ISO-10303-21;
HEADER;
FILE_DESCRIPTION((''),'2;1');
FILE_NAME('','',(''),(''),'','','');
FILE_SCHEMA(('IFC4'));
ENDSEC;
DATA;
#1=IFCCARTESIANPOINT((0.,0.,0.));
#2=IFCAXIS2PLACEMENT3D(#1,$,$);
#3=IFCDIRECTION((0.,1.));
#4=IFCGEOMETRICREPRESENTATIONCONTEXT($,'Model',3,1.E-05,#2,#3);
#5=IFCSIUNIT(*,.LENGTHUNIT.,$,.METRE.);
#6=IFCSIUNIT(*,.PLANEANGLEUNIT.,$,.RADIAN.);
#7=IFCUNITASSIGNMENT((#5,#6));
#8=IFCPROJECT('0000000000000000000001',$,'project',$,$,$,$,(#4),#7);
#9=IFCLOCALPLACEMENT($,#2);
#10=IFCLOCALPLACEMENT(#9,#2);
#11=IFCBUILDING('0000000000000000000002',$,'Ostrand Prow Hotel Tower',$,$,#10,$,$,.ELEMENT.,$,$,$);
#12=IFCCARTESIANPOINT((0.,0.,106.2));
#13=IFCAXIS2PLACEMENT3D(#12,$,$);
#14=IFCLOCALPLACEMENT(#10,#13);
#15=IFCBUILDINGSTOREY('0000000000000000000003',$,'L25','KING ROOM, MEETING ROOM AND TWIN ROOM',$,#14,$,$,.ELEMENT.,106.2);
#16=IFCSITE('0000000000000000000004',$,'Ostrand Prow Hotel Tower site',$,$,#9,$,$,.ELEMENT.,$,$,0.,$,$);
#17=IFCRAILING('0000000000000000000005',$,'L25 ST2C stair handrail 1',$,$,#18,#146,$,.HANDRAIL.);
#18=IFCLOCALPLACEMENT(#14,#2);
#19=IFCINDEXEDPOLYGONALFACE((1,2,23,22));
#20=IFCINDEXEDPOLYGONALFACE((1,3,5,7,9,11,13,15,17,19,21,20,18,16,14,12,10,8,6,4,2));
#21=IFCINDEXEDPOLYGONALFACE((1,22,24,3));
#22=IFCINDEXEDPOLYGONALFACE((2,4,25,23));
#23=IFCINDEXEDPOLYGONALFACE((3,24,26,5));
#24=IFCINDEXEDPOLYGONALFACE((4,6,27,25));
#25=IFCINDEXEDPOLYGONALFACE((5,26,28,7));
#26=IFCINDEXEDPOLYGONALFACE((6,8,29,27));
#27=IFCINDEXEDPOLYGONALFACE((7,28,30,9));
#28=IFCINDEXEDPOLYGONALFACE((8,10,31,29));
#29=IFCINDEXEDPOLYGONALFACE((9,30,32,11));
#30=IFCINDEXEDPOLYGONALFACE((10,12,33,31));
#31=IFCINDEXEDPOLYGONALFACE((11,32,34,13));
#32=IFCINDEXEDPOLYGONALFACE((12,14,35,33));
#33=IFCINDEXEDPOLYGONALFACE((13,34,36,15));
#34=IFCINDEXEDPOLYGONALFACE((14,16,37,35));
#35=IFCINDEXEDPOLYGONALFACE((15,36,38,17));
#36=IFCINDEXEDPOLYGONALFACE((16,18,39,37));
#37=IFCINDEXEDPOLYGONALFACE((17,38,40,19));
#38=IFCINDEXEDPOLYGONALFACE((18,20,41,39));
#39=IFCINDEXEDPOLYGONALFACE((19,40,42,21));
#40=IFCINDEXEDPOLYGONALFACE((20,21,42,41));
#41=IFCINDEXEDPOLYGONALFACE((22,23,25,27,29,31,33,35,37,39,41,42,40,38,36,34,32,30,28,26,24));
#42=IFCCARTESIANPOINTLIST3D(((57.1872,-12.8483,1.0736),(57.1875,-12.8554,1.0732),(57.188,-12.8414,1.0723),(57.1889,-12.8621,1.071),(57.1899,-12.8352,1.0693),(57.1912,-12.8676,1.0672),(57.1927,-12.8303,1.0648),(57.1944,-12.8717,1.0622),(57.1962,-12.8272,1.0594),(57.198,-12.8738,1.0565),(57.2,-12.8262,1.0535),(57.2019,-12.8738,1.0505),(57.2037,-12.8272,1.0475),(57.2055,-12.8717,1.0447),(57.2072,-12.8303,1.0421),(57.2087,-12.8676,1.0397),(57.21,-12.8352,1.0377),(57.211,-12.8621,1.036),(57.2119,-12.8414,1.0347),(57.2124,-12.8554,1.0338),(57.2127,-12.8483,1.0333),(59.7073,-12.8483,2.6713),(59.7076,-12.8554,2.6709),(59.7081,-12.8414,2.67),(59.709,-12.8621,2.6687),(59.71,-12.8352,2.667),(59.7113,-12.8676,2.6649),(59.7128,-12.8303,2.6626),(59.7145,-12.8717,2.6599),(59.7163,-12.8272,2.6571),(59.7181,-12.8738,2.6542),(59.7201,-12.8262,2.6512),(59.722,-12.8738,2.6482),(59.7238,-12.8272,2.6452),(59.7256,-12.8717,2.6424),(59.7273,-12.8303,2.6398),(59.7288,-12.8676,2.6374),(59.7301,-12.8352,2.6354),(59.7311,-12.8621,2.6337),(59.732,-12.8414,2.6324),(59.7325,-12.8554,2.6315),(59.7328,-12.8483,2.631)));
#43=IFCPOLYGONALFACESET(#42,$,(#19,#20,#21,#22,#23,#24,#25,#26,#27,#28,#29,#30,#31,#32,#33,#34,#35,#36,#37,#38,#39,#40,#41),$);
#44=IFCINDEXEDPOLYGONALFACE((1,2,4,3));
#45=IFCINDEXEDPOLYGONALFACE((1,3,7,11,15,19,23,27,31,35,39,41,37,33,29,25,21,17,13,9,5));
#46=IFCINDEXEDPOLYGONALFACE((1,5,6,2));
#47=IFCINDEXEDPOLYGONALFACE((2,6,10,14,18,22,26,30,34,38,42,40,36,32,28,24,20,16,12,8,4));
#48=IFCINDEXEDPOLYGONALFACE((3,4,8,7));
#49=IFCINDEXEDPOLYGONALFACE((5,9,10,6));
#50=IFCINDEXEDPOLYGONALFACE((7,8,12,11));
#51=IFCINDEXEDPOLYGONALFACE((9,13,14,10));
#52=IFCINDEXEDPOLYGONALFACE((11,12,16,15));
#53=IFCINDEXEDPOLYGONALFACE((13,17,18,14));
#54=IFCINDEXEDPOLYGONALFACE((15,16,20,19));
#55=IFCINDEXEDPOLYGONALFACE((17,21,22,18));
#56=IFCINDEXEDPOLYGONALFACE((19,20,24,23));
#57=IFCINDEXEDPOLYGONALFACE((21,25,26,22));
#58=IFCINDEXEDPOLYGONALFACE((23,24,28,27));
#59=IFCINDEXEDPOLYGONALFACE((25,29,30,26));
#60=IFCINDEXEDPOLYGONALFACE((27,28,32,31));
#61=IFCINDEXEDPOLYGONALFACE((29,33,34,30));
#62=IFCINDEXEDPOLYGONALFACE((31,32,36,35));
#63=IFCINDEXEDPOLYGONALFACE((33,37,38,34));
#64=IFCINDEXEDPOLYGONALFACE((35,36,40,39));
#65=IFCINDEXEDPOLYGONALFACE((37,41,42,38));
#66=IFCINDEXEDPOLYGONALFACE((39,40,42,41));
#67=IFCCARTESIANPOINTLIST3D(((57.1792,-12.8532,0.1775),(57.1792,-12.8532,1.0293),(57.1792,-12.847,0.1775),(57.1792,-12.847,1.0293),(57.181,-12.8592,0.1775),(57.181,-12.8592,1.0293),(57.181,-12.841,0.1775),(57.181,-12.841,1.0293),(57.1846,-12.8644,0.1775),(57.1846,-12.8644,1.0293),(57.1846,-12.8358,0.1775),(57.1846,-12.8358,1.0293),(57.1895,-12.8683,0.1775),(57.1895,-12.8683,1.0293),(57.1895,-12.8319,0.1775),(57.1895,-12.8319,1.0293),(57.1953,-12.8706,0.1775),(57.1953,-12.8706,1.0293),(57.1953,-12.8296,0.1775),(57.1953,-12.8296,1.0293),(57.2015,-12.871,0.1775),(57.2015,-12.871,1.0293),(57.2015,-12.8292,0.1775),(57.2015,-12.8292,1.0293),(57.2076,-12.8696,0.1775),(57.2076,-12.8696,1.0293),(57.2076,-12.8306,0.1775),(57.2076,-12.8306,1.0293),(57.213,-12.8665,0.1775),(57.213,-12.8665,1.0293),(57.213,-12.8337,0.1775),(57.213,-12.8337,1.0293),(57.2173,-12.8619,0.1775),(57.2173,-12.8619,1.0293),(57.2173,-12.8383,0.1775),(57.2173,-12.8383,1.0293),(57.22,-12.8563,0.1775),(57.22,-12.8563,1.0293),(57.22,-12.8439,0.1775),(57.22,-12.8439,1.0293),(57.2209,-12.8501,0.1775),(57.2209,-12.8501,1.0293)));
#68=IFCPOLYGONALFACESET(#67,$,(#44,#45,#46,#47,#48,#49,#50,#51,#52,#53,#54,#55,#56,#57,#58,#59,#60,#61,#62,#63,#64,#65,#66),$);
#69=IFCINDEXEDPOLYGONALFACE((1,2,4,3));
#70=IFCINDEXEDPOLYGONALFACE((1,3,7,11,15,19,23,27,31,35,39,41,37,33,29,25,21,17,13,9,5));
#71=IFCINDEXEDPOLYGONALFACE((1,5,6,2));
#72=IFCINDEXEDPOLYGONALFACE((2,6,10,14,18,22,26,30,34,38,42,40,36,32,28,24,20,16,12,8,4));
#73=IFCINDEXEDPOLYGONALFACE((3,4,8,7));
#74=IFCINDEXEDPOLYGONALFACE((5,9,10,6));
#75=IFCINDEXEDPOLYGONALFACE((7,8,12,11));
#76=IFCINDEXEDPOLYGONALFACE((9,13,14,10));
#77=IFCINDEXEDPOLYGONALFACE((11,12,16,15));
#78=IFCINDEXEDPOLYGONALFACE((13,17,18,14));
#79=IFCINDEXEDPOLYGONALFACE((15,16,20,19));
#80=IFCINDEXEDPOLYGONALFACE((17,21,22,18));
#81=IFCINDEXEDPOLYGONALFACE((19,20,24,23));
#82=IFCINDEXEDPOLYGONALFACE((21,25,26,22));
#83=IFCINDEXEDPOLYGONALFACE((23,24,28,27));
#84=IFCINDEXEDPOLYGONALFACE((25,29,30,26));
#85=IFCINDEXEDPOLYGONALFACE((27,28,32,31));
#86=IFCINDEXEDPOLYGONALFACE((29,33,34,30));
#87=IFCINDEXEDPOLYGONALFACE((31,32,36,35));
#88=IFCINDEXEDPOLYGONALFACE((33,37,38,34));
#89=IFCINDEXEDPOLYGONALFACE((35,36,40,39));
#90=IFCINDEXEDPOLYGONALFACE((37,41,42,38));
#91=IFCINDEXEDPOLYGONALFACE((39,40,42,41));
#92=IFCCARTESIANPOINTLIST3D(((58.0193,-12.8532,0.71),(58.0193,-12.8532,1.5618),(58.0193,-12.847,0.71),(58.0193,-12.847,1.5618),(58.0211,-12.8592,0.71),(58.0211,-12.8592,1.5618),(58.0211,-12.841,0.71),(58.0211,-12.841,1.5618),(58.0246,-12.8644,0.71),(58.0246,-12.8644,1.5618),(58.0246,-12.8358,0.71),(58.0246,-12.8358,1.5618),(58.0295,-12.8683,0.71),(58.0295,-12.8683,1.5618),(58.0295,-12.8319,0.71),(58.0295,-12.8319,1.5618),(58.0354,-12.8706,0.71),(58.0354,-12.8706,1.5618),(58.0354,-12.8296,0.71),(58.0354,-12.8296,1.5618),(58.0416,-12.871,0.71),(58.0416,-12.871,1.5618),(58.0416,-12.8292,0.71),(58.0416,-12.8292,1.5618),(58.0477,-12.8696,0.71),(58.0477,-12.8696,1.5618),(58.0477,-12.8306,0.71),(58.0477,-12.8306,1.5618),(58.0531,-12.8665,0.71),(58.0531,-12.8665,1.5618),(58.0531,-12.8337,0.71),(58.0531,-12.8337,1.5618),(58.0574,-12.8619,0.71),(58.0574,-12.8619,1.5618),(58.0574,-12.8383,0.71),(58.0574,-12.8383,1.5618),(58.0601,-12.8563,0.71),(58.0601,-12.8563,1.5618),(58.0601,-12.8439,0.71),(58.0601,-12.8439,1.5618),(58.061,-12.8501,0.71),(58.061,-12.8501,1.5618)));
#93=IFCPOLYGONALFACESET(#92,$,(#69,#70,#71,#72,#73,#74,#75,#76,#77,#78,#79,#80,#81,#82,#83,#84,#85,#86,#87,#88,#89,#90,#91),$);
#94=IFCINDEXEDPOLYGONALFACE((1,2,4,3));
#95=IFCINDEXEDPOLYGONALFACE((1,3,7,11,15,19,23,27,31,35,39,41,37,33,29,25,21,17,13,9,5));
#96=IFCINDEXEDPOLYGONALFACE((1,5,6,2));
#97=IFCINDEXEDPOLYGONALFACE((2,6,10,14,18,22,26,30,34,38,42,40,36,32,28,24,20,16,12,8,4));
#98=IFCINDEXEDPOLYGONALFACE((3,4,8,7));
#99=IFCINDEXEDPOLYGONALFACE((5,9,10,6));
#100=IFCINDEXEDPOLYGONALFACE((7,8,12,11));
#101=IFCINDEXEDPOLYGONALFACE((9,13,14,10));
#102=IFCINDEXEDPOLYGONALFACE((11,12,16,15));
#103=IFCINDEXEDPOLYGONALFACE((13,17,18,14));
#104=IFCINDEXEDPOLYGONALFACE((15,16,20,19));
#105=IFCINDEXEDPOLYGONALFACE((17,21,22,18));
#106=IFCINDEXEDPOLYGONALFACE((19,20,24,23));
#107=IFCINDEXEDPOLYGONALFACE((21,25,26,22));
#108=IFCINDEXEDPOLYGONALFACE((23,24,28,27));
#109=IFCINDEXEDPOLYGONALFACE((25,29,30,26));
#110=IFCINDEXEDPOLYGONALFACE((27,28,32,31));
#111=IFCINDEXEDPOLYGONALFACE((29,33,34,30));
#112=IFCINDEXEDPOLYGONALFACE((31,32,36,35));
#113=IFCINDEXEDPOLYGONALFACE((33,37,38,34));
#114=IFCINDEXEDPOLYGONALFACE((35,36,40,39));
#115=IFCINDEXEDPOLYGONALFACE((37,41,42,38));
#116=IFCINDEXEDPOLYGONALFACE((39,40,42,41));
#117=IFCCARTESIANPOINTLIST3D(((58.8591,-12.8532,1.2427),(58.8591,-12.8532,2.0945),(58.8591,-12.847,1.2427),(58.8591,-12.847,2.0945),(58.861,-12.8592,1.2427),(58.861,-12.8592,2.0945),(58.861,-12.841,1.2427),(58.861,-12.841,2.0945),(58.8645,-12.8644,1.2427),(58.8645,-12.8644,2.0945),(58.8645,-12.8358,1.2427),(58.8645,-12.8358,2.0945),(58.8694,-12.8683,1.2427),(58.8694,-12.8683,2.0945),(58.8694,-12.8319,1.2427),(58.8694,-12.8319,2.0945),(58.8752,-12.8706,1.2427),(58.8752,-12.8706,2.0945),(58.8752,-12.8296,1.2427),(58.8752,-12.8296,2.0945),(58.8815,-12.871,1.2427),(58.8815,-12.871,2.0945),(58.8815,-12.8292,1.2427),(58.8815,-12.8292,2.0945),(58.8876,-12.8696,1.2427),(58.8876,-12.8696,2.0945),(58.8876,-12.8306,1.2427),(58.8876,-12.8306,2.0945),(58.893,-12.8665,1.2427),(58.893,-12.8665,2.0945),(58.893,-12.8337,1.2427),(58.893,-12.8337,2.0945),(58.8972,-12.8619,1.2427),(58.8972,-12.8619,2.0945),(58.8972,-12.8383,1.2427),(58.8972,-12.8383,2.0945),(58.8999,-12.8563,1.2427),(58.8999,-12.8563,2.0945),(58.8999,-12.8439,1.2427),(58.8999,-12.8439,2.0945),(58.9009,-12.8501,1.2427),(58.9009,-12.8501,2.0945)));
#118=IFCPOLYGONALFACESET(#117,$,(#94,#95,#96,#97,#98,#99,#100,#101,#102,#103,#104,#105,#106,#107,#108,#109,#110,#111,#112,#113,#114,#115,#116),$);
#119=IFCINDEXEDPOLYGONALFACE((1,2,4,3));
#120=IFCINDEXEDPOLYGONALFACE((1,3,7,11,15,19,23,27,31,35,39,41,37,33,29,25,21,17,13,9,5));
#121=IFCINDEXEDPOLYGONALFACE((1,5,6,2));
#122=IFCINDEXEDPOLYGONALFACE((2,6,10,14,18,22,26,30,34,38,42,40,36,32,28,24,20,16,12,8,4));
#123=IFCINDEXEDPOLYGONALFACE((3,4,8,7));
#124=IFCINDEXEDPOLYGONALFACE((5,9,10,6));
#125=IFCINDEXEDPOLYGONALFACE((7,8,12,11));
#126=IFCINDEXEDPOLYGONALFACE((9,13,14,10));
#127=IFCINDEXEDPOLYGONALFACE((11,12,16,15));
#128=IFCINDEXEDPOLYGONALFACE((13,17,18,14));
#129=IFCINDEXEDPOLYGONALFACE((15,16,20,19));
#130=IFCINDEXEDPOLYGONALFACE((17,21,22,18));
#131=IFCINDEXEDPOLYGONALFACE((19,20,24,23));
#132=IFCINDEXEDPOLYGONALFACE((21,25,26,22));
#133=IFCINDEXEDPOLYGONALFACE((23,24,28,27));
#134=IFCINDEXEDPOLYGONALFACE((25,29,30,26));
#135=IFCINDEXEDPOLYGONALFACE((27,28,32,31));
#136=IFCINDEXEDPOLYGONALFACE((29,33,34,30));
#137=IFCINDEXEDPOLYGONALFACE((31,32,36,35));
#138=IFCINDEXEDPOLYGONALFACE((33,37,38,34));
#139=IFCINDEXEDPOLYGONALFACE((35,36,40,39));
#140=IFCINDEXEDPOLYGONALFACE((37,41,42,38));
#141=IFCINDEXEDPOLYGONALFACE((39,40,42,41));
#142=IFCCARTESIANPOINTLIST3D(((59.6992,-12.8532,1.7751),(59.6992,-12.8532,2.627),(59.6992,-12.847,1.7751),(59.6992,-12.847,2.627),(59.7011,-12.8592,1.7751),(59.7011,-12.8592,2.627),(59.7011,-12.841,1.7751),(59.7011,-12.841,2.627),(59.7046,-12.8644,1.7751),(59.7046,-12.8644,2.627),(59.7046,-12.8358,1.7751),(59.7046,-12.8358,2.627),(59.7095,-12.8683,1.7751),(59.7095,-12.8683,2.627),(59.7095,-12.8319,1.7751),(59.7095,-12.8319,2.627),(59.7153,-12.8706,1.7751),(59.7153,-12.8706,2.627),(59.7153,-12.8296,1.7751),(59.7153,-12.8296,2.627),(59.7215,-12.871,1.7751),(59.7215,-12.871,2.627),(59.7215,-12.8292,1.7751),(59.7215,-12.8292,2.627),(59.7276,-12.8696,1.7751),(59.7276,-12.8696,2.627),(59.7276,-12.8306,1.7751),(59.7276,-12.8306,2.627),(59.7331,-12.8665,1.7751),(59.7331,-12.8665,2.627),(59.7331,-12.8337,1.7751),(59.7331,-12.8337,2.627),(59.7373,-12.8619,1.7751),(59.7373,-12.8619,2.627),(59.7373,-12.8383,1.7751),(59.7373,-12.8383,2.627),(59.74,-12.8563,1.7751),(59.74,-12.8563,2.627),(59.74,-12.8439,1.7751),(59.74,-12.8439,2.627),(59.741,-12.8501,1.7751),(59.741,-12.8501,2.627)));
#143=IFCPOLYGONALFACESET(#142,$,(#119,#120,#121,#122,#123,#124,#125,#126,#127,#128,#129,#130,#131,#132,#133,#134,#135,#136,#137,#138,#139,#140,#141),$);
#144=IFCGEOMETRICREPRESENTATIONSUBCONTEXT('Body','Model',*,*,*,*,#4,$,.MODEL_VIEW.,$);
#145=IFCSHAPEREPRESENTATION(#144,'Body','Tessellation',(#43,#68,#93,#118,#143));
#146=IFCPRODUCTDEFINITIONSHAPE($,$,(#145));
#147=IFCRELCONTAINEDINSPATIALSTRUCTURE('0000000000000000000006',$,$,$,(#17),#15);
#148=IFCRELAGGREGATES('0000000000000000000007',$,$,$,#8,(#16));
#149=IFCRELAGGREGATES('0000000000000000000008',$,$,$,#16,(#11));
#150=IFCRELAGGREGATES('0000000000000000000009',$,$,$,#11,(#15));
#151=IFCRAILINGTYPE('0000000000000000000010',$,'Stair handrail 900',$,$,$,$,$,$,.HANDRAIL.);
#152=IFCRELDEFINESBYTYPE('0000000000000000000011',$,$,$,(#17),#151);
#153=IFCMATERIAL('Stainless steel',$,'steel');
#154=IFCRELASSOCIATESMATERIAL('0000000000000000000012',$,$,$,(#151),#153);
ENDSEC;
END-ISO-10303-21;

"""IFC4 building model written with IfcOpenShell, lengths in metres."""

from ifc_helpers import new_model, si_unit, direction, frame, origin, origin_2d, place, context, subcontext, project, spatial, circle, extrude, material, type_object, element, save


model = new_model("IFC4")

# Units and contexts
model_context = context("Model", 3, precision=1e-05, world=origin(), true_north=direction((0.0, 1.0)))
body_context = subcontext(model_context, "Body", "Model", "MODEL_VIEW")
ifc_project = project(units=[si_unit("LENGTHUNIT", "METRE"), si_unit("PLANEANGLEUNIT", "RADIAN")], contexts=[model_context])

# Site, building, storey
site_placement = place(None, origin())
site = spatial("IfcSite", under=ifc_project, at=site_placement, Name="Ostrand Prow Hotel Tower site", CompositionType="ELEMENT", RefElevation=0.0)
building_placement = place(site_placement, origin())
building = spatial("IfcBuilding", under=site, at=building_placement, Name="Ostrand Prow Hotel Tower", CompositionType="ELEMENT")
storey_placement = place(building_placement, frame((0.0, 0.0, 106.2)))
storey = spatial("IfcBuildingStorey", under=building, at=storey_placement, Name="L25", Description="KING ROOM, MEETING ROOM AND TWIN ROOM", CompositionType="ELEMENT", Elevation=106.2)

# Railing
ifc_material_1 = material(Name="Stainless steel", Category="steel")
railing_type_1 = type_object("IfcRailingType", Name="Stair handrail 900", PredefinedType="HANDRAIL", material=ifc_material_1)
railing_1_placement = place(storey_placement, frame((57.2, -12.8501, 0.1775)))
element("IfcRailing", 1, at=railing_1_placement, inside=storey, type_object=railing_type_1, Name="L25 ST2C stair handrail 1", PredefinedType="HANDRAIL", context=body_context, shape_type="SweptSolid", body=[
    extrude(circle(Radius=0.0239, at=origin_2d()), frame((0.0, 0.0, 0.876), z_axis=(0.84457, 0.0, 0.535445), x_axis=(0.0, 1.0, 0.0)), (0.0, 0.0, 1.0), 2.9839),
    extrude(circle(Radius=0.021, at=origin_2d()), origin(), (0.0, 0.0, 1.0), 0.8518),
    extrude(circle(Radius=0.021, at=origin_2d()), frame((0.8401, 0.0, 0.5325)), (0.0, 0.0, 1.0), 0.8518),
    extrude(circle(Radius=0.021, at=origin_2d()), frame((1.6799, 0.0, 1.0652)), (0.0, 0.0, 1.0), 0.8518),
    extrude(circle(Radius=0.021, at=origin_2d()), frame((2.52, 0.0, 1.5977)), (0.0, 0.0, 1.0), 0.8518),
])

save(model, "model.ifc")
